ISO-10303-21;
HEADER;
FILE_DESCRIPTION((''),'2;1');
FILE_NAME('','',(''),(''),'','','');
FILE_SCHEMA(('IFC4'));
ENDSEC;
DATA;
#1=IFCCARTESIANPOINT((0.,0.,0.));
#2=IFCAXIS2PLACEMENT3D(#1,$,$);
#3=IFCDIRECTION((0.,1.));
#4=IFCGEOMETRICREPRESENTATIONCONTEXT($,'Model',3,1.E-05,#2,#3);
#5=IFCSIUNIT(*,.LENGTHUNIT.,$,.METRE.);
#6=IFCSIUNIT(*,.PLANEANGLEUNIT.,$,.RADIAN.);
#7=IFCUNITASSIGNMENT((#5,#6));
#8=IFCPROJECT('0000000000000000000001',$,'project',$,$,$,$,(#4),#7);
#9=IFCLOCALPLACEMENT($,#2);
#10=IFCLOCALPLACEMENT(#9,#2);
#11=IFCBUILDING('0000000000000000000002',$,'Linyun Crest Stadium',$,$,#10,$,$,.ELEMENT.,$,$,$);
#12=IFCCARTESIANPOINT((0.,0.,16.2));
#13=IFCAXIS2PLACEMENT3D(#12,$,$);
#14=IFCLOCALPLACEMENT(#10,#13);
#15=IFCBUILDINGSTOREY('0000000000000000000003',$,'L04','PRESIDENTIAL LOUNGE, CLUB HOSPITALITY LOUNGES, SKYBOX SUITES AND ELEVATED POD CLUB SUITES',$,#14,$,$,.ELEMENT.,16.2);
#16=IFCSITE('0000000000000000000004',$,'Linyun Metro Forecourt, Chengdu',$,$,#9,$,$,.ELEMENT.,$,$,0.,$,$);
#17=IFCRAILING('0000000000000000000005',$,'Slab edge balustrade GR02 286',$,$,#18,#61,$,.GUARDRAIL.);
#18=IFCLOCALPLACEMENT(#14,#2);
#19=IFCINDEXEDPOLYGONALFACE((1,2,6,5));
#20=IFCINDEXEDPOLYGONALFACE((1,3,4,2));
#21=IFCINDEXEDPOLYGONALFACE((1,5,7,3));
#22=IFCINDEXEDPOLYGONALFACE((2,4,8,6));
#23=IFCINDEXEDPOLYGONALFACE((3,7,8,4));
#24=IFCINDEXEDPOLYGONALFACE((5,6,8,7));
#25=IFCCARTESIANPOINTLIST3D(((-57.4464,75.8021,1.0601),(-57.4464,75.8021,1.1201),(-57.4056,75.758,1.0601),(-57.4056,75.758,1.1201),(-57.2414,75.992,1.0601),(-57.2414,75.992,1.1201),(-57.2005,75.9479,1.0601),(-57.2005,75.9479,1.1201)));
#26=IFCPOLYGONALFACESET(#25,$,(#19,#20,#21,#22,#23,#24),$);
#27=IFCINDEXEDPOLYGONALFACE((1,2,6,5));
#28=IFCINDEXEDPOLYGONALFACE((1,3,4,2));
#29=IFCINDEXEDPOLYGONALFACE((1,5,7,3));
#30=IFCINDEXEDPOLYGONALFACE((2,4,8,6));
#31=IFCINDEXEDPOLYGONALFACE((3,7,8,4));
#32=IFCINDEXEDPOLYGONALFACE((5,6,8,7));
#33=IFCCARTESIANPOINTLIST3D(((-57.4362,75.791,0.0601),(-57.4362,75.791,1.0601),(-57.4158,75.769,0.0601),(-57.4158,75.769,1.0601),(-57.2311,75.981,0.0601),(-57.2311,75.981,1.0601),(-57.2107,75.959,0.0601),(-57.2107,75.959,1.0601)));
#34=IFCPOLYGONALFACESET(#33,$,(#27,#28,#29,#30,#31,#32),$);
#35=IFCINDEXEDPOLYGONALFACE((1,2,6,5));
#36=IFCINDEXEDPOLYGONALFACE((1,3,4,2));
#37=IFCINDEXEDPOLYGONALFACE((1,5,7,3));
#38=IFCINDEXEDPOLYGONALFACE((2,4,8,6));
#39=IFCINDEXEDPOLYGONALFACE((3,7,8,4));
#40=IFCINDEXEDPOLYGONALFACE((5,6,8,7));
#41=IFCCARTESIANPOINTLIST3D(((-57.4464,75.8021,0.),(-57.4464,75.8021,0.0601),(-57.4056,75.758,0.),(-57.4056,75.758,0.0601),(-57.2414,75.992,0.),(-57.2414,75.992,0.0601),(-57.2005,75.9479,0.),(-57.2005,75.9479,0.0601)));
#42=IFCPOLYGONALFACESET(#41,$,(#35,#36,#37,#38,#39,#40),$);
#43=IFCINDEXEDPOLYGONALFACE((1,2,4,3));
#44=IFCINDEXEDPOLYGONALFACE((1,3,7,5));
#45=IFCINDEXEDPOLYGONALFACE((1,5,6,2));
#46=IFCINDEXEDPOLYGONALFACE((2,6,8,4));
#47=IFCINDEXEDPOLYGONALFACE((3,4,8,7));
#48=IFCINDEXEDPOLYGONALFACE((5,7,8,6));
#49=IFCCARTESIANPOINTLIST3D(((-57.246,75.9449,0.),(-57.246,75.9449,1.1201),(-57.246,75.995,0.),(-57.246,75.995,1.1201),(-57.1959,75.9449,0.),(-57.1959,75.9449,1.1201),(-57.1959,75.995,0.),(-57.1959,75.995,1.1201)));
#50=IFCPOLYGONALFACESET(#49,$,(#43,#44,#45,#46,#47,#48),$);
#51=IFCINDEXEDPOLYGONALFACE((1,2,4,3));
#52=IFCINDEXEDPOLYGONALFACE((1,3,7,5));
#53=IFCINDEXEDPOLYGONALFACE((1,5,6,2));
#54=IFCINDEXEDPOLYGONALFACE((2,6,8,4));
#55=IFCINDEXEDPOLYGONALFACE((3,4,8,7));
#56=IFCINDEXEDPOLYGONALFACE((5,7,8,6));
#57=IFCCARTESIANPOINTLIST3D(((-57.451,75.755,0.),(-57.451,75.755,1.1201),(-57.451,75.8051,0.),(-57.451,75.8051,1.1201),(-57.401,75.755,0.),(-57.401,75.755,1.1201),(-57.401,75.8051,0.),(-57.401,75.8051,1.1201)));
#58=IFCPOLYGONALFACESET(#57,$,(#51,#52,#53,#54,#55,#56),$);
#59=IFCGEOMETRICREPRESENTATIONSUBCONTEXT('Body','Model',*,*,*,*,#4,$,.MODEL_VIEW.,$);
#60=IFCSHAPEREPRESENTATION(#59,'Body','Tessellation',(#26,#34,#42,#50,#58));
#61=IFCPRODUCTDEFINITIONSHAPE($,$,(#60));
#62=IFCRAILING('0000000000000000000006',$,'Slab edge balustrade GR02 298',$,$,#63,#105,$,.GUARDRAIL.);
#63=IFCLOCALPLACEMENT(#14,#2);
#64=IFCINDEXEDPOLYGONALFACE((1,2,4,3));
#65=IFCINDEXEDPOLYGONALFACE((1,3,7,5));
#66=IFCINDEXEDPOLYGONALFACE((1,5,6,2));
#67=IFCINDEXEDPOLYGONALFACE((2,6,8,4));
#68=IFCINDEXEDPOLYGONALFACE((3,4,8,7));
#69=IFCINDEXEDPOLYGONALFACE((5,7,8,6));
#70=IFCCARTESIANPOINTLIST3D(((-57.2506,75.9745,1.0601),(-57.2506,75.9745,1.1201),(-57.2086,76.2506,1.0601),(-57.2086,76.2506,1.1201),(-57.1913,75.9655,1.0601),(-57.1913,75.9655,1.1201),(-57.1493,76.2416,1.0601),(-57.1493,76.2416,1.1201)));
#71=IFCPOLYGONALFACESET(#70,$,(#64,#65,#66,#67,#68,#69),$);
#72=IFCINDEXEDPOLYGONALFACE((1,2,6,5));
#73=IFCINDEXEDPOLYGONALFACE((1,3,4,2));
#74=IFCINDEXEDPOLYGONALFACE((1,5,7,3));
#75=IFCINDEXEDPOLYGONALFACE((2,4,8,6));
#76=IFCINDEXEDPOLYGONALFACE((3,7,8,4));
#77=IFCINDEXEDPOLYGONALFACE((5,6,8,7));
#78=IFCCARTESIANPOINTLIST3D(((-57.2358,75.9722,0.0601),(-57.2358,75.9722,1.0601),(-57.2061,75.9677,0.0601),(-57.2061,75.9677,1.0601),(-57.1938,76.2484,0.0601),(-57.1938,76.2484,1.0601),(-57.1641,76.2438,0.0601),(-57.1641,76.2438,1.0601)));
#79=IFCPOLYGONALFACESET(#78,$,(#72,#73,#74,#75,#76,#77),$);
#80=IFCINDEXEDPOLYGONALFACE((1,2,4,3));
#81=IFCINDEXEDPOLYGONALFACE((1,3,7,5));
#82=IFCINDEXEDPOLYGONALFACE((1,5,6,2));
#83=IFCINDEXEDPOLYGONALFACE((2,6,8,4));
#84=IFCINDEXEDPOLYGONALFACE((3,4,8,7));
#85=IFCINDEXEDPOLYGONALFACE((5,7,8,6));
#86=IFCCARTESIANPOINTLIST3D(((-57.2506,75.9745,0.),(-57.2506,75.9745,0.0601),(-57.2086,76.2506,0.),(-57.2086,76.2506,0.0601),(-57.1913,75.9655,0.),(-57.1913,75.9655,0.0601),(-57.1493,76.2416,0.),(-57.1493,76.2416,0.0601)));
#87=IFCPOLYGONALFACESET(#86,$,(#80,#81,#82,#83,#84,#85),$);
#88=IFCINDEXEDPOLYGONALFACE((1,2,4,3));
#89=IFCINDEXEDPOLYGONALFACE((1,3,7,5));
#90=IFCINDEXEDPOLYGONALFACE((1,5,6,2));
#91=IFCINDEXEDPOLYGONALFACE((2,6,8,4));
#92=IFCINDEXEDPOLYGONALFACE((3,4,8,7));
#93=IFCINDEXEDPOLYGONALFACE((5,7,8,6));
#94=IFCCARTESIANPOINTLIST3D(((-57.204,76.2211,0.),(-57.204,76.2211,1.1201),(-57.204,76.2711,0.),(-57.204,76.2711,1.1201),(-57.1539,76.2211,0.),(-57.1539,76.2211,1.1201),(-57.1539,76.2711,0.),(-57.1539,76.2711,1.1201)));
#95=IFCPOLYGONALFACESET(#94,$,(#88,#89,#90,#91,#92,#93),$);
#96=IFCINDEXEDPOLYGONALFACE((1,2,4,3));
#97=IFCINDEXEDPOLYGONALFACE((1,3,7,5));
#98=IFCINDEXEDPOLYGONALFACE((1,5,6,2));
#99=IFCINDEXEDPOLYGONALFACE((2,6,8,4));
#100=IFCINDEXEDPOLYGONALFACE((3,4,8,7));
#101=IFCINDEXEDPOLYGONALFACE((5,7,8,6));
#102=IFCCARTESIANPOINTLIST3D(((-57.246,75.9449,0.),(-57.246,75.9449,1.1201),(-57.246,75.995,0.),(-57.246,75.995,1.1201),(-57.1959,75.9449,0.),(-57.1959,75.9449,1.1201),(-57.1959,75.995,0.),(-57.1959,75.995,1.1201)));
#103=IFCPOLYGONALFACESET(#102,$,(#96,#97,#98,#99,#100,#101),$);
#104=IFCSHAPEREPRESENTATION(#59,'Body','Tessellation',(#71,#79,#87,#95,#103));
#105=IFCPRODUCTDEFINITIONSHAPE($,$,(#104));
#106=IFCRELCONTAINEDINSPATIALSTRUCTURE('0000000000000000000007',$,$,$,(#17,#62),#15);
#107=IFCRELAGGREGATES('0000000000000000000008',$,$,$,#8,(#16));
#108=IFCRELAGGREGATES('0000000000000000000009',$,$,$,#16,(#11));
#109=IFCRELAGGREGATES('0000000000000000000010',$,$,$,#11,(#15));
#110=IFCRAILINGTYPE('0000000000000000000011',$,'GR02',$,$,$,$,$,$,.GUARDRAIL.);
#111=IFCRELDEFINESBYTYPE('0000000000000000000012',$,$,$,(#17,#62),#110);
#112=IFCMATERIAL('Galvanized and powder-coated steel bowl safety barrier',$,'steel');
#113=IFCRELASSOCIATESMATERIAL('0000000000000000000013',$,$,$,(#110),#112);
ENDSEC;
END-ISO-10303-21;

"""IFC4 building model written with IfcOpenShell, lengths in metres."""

from ifc_helpers import new_model, si_unit, direction, frame, origin, origin_2d, place, context, subcontext, project, spatial, rectangle, extrude, material, type_object, element, save


model = new_model("IFC4")

# Units and contexts
model_context = context("Model", 3, precision=1e-05, world=origin(), true_north=direction((0.0, 1.0)))
body_context = subcontext(model_context, "Body", "Model", "MODEL_VIEW")
ifc_project = project(units=[si_unit("LENGTHUNIT", "METRE"), si_unit("PLANEANGLEUNIT", "RADIAN")], contexts=[model_context])

# Site, building, storey
site_placement = place(None, origin())
site = spatial("IfcSite", under=ifc_project, at=site_placement, Name="Linyun Metro Forecourt, Chengdu", CompositionType="ELEMENT", RefElevation=0.0)
building_placement = place(site_placement, origin())
building = spatial("IfcBuilding", under=site, at=building_placement, Name="Linyun Crest Stadium", CompositionType="ELEMENT")
storey_placement = place(building_placement, frame((0.0, 0.0, 16.2)))
storey = spatial("IfcBuildingStorey", under=building, at=storey_placement, Name="L04", Description="PRESIDENTIAL LOUNGE, CLUB HOSPITALITY LOUNGES, SKYBOX SUITES AND ELEVATED POD CLUB SUITES", CompositionType="ELEMENT", Elevation=16.2)

# Railings
ifc_material_1 = material(Name="Galvanized and powder-coated steel bowl safety barrier", Category="steel")
railing_type = type_object("IfcRailingType", Name="GR02", PredefinedType="GUARDRAIL", material=ifc_material_1)
railing_1_placement = place(storey_placement, frame((-57.2209, 75.97, 0.0)))
element("IfcRailing", 1, at=railing_1_placement, inside=storey, type_object=railing_type, Name="Slab edge balustrade GR02 286", PredefinedType="GUARDRAIL", context=body_context, shape_type="SweptSolid", body=[
    extrude(rectangle(XDim=0.0601, YDim=0.0601, at=origin_2d()), frame((0.0, 0.0, 1.0901), z_axis=(-0.733664, -0.679513, 0.0), x_axis=(0.679513, -0.733664, 0.0)), (0.0, 0.0, 1.0), 0.2795),
    extrude(rectangle(XDim=0.03, YDim=1.0, at=origin_2d()), frame((0.0, 0.0, 0.5601), z_axis=(-0.733664, -0.679513, 0.0), x_axis=(0.679513, -0.733664, 0.0)), (0.0, 0.0, 1.0), 0.2795),
    extrude(rectangle(XDim=0.0601, YDim=0.0601, at=origin_2d()), frame((0.0, 0.0, 0.03), z_axis=(-0.733664, -0.679513, 0.0), x_axis=(0.679513, -0.733664, 0.0)), (0.0, 0.0, 1.0), 0.2795),
    extrude(rectangle(XDim=0.05, YDim=0.05, at=origin_2d()), origin(), (0.0, 0.0, 1.0), 1.1201),
    extrude(rectangle(XDim=0.05, YDim=0.05, at=origin_2d()), frame((-0.2051, -0.1899, 0.0)), (0.0, 0.0, 1.0), 1.1201),
])
railing_2_placement = place(storey_placement, frame((-57.179, 76.2461, 0.0)))
element("IfcRailing", 2, at=railing_2_placement, inside=storey, type_object=railing_type, Name="Slab edge balustrade GR02 298", PredefinedType="GUARDRAIL", context=body_context, shape_type="SweptSolid", body=[
    extrude(rectangle(XDim=0.0601, YDim=0.0601, at=origin_2d()), frame((0.0, 0.0, 1.0901), z_axis=(-0.150349, -0.988633, 0.0), x_axis=(0.988633, -0.150349, 0.0)), (0.0, 0.0, 1.0), 0.2793),
    extrude(rectangle(XDim=0.03, YDim=1.0, at=origin_2d()), frame((0.0, 0.0, 0.5601), z_axis=(-0.150349, -0.988633, 0.0), x_axis=(0.988633, -0.150349, 0.0)), (0.0, 0.0, 1.0), 0.2793),
    extrude(rectangle(XDim=0.0601, YDim=0.0601, at=origin_2d()), frame((0.0, 0.0, 0.03), z_axis=(-0.150349, -0.988633, 0.0), x_axis=(0.988633, -0.150349, 0.0)), (0.0, 0.0, 1.0), 0.2793),
    extrude(rectangle(XDim=0.05, YDim=0.05, at=origin_2d()), origin(), (0.0, 0.0, 1.0), 1.1201),
    extrude(rectangle(XDim=0.05, YDim=0.05, at=origin_2d()), frame((-0.042, -0.2761, 0.0)), (0.0, 0.0, 1.0), 1.1201),
])

save(model, "model.ifc")
